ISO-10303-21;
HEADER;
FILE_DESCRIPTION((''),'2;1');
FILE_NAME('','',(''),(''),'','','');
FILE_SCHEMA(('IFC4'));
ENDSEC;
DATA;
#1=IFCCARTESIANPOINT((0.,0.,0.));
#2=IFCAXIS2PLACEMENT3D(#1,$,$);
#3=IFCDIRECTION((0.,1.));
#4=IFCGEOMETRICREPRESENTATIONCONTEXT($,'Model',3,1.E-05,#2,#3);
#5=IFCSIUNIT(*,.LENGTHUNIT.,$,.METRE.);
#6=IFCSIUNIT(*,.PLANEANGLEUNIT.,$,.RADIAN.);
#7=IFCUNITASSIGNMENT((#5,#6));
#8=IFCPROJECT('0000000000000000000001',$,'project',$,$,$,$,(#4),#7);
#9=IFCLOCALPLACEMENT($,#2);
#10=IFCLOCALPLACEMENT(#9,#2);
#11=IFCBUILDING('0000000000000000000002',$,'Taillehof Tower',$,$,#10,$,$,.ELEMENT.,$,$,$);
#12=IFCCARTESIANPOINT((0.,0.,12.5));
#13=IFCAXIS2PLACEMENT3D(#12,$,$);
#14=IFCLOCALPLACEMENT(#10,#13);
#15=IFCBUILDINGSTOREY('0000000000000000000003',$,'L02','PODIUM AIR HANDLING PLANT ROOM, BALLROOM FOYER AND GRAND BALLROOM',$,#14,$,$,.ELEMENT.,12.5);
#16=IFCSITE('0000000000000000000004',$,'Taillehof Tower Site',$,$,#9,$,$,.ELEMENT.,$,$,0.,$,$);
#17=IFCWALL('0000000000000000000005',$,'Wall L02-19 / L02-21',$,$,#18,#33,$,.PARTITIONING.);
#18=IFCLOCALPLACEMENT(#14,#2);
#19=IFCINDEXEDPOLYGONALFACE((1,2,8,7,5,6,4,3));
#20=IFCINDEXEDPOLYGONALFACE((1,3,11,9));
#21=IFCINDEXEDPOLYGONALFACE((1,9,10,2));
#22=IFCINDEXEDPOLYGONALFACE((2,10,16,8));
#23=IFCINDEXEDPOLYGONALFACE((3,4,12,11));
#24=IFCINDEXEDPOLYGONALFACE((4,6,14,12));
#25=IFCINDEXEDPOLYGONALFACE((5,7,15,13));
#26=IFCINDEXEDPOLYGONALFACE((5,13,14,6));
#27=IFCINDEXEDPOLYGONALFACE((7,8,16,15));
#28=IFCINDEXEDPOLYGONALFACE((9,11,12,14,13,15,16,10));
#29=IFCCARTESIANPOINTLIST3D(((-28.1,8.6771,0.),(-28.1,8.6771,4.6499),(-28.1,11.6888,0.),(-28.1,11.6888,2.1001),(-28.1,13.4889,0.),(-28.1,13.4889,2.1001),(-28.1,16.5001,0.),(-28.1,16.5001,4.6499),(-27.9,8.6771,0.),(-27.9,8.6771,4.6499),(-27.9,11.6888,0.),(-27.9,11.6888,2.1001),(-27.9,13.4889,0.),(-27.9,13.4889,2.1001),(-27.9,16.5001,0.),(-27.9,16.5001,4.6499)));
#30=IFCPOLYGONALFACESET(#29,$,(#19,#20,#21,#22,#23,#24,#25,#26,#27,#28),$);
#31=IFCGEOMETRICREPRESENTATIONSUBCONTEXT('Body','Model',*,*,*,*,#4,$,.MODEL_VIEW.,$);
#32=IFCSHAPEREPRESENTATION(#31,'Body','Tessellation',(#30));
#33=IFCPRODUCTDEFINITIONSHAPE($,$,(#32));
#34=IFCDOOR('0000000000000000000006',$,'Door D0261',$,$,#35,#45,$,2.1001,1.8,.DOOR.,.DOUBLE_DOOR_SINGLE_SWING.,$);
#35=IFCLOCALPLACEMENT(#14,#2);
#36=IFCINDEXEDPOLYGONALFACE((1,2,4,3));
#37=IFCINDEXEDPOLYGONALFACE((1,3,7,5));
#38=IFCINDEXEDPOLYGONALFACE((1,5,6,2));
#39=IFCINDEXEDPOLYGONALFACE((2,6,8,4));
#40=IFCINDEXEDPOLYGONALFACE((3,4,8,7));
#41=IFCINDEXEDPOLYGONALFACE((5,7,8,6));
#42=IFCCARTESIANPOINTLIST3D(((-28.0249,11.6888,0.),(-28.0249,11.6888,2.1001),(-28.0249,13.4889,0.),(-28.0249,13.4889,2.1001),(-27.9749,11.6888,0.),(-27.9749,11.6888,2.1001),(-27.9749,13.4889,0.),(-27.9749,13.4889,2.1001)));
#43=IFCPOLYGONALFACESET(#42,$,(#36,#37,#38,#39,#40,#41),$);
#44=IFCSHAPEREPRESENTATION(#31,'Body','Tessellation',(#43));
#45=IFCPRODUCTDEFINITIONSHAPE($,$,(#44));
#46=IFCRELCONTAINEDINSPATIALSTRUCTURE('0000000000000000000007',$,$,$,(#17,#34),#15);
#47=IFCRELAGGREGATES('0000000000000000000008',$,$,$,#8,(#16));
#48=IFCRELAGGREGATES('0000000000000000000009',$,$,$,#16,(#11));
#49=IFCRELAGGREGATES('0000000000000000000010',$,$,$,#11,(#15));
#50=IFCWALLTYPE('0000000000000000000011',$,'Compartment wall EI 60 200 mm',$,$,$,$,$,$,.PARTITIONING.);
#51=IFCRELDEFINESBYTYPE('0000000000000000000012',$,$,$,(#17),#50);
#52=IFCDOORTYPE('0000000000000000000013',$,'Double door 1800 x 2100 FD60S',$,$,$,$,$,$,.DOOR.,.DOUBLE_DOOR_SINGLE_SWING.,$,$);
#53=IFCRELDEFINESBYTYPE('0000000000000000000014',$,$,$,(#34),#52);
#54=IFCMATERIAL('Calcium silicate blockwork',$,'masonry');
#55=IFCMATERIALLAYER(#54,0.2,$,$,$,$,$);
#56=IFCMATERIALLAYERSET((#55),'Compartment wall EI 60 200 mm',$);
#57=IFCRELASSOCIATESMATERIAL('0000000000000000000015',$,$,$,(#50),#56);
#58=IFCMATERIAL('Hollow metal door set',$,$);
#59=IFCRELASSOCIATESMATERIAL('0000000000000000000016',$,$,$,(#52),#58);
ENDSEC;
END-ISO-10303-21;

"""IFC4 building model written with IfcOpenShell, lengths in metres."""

from ifc_helpers import new_model, si_unit, direction, frame, frame_2d, origin, place, context, subcontext, project, spatial, rectangle, extrude, material, layer, layer_set, type_object, element, fill, save


model = new_model("IFC4")

# Units and contexts
model_context = context("Model", 3, precision=1e-05, world=origin(), true_north=direction((0.0, 1.0)))
body_context = subcontext(model_context, "Body", "Model", "MODEL_VIEW")
ifc_project = project(units=[si_unit("LENGTHUNIT", "METRE"), si_unit("PLANEANGLEUNIT", "RADIAN")], contexts=[model_context])

# Site, building, storey
site_placement = place(None, origin())
site = spatial("IfcSite", under=ifc_project, at=site_placement, Name="Taillehof Tower Site", CompositionType="ELEMENT", RefElevation=0.0)
building_placement = place(site_placement, origin())
building = spatial("IfcBuilding", under=site, at=building_placement, Name="Taillehof Tower", CompositionType="ELEMENT")
storey_placement = place(building_placement, frame((0.0, 0.0, 12.5)))
storey = spatial("IfcBuildingStorey", under=building, at=storey_placement, Name="L02", Description="PODIUM AIR HANDLING PLANT ROOM, BALLROOM FOYER AND GRAND BALLROOM", CompositionType="ELEMENT", Elevation=12.5)

# Shared definitions
ifc_material_1 = material(Name="Calcium silicate blockwork", Category="masonry")
ifc_layer_1 = layer(ifc_material_1, 0.2)
ifc_layer_set_1 = layer_set([ifc_layer_1], Name="Compartment wall EI 60 200 mm")
wall_type = type_object("IfcWallType", Name="Compartment wall EI 60 200 mm", PredefinedType="PARTITIONING", material=ifc_layer_set_1)

# Wall, opening, door
wall_1_placement = place(storey_placement, frame((-28.0, 8.677, 0.0), z_axis=(0.0, 0.0, 1.0), x_axis=(0.0, 1.0, 0.0)))
wall_1 = element("IfcWall", 1, at=wall_1_placement, inside=storey, type_object=wall_type, Name="Wall L02-19 / L02-21", PredefinedType="PARTITIONING", context=body_context, shape_type="SweptSolid", body=[
    extrude(rectangle(XDim=7.823, YDim=0.2, at=frame_2d((3.9116, 0.0))), origin(), (0.0, 0.0, 1.0), 4.6499),
])
opening_placement = place(wall_1_placement, frame((3.012, 0.0, 0.0)))
opening = element("IfcOpeningElement", 2, at=opening_placement, cuts=wall_1, PredefinedType="OPENING", context=body_context, shape_type="SweptSolid", body=[
    extrude(rectangle(XDim=1.8, YDim=2.1001, at=frame_2d((0.8999, 1.05))), frame((0.0, 0.1099, 0.0), z_axis=(0.0, -1.0, 0.0), x_axis=(1.0, 0.0, 0.0)), (0.0, 0.0, 1.0), 0.22),
])
ifc_material_2 = material(Name="Hollow metal door set")
door_type = type_object("IfcDoorType", Name="Double door 1800 x 2100 FD60S", OperationType="DOUBLE_DOOR_SINGLE_SWING", PredefinedType="DOOR", material=ifc_material_2)
door_placement = place(opening_placement, origin())
door = element("IfcDoor", 3, at=door_placement, inside=storey, type_object=door_type, Name="Door D0261", OperationType="DOUBLE_DOOR_SINGLE_SWING", OverallHeight=2.1001, OverallWidth=1.8, PredefinedType="DOOR", context=body_context, shape_type="SweptSolid", body=[
    extrude(rectangle(XDim=1.8, YDim=2.1001, at=frame_2d((0.8999, 1.05))), frame((0.0, 0.0249, 0.0), z_axis=(0.0, -1.0, 0.0), x_axis=(1.0, 0.0, 0.0)), (0.0, 0.0, 1.0), 0.05),
])
fill(opening, door)

save(model, "model.ifc")
